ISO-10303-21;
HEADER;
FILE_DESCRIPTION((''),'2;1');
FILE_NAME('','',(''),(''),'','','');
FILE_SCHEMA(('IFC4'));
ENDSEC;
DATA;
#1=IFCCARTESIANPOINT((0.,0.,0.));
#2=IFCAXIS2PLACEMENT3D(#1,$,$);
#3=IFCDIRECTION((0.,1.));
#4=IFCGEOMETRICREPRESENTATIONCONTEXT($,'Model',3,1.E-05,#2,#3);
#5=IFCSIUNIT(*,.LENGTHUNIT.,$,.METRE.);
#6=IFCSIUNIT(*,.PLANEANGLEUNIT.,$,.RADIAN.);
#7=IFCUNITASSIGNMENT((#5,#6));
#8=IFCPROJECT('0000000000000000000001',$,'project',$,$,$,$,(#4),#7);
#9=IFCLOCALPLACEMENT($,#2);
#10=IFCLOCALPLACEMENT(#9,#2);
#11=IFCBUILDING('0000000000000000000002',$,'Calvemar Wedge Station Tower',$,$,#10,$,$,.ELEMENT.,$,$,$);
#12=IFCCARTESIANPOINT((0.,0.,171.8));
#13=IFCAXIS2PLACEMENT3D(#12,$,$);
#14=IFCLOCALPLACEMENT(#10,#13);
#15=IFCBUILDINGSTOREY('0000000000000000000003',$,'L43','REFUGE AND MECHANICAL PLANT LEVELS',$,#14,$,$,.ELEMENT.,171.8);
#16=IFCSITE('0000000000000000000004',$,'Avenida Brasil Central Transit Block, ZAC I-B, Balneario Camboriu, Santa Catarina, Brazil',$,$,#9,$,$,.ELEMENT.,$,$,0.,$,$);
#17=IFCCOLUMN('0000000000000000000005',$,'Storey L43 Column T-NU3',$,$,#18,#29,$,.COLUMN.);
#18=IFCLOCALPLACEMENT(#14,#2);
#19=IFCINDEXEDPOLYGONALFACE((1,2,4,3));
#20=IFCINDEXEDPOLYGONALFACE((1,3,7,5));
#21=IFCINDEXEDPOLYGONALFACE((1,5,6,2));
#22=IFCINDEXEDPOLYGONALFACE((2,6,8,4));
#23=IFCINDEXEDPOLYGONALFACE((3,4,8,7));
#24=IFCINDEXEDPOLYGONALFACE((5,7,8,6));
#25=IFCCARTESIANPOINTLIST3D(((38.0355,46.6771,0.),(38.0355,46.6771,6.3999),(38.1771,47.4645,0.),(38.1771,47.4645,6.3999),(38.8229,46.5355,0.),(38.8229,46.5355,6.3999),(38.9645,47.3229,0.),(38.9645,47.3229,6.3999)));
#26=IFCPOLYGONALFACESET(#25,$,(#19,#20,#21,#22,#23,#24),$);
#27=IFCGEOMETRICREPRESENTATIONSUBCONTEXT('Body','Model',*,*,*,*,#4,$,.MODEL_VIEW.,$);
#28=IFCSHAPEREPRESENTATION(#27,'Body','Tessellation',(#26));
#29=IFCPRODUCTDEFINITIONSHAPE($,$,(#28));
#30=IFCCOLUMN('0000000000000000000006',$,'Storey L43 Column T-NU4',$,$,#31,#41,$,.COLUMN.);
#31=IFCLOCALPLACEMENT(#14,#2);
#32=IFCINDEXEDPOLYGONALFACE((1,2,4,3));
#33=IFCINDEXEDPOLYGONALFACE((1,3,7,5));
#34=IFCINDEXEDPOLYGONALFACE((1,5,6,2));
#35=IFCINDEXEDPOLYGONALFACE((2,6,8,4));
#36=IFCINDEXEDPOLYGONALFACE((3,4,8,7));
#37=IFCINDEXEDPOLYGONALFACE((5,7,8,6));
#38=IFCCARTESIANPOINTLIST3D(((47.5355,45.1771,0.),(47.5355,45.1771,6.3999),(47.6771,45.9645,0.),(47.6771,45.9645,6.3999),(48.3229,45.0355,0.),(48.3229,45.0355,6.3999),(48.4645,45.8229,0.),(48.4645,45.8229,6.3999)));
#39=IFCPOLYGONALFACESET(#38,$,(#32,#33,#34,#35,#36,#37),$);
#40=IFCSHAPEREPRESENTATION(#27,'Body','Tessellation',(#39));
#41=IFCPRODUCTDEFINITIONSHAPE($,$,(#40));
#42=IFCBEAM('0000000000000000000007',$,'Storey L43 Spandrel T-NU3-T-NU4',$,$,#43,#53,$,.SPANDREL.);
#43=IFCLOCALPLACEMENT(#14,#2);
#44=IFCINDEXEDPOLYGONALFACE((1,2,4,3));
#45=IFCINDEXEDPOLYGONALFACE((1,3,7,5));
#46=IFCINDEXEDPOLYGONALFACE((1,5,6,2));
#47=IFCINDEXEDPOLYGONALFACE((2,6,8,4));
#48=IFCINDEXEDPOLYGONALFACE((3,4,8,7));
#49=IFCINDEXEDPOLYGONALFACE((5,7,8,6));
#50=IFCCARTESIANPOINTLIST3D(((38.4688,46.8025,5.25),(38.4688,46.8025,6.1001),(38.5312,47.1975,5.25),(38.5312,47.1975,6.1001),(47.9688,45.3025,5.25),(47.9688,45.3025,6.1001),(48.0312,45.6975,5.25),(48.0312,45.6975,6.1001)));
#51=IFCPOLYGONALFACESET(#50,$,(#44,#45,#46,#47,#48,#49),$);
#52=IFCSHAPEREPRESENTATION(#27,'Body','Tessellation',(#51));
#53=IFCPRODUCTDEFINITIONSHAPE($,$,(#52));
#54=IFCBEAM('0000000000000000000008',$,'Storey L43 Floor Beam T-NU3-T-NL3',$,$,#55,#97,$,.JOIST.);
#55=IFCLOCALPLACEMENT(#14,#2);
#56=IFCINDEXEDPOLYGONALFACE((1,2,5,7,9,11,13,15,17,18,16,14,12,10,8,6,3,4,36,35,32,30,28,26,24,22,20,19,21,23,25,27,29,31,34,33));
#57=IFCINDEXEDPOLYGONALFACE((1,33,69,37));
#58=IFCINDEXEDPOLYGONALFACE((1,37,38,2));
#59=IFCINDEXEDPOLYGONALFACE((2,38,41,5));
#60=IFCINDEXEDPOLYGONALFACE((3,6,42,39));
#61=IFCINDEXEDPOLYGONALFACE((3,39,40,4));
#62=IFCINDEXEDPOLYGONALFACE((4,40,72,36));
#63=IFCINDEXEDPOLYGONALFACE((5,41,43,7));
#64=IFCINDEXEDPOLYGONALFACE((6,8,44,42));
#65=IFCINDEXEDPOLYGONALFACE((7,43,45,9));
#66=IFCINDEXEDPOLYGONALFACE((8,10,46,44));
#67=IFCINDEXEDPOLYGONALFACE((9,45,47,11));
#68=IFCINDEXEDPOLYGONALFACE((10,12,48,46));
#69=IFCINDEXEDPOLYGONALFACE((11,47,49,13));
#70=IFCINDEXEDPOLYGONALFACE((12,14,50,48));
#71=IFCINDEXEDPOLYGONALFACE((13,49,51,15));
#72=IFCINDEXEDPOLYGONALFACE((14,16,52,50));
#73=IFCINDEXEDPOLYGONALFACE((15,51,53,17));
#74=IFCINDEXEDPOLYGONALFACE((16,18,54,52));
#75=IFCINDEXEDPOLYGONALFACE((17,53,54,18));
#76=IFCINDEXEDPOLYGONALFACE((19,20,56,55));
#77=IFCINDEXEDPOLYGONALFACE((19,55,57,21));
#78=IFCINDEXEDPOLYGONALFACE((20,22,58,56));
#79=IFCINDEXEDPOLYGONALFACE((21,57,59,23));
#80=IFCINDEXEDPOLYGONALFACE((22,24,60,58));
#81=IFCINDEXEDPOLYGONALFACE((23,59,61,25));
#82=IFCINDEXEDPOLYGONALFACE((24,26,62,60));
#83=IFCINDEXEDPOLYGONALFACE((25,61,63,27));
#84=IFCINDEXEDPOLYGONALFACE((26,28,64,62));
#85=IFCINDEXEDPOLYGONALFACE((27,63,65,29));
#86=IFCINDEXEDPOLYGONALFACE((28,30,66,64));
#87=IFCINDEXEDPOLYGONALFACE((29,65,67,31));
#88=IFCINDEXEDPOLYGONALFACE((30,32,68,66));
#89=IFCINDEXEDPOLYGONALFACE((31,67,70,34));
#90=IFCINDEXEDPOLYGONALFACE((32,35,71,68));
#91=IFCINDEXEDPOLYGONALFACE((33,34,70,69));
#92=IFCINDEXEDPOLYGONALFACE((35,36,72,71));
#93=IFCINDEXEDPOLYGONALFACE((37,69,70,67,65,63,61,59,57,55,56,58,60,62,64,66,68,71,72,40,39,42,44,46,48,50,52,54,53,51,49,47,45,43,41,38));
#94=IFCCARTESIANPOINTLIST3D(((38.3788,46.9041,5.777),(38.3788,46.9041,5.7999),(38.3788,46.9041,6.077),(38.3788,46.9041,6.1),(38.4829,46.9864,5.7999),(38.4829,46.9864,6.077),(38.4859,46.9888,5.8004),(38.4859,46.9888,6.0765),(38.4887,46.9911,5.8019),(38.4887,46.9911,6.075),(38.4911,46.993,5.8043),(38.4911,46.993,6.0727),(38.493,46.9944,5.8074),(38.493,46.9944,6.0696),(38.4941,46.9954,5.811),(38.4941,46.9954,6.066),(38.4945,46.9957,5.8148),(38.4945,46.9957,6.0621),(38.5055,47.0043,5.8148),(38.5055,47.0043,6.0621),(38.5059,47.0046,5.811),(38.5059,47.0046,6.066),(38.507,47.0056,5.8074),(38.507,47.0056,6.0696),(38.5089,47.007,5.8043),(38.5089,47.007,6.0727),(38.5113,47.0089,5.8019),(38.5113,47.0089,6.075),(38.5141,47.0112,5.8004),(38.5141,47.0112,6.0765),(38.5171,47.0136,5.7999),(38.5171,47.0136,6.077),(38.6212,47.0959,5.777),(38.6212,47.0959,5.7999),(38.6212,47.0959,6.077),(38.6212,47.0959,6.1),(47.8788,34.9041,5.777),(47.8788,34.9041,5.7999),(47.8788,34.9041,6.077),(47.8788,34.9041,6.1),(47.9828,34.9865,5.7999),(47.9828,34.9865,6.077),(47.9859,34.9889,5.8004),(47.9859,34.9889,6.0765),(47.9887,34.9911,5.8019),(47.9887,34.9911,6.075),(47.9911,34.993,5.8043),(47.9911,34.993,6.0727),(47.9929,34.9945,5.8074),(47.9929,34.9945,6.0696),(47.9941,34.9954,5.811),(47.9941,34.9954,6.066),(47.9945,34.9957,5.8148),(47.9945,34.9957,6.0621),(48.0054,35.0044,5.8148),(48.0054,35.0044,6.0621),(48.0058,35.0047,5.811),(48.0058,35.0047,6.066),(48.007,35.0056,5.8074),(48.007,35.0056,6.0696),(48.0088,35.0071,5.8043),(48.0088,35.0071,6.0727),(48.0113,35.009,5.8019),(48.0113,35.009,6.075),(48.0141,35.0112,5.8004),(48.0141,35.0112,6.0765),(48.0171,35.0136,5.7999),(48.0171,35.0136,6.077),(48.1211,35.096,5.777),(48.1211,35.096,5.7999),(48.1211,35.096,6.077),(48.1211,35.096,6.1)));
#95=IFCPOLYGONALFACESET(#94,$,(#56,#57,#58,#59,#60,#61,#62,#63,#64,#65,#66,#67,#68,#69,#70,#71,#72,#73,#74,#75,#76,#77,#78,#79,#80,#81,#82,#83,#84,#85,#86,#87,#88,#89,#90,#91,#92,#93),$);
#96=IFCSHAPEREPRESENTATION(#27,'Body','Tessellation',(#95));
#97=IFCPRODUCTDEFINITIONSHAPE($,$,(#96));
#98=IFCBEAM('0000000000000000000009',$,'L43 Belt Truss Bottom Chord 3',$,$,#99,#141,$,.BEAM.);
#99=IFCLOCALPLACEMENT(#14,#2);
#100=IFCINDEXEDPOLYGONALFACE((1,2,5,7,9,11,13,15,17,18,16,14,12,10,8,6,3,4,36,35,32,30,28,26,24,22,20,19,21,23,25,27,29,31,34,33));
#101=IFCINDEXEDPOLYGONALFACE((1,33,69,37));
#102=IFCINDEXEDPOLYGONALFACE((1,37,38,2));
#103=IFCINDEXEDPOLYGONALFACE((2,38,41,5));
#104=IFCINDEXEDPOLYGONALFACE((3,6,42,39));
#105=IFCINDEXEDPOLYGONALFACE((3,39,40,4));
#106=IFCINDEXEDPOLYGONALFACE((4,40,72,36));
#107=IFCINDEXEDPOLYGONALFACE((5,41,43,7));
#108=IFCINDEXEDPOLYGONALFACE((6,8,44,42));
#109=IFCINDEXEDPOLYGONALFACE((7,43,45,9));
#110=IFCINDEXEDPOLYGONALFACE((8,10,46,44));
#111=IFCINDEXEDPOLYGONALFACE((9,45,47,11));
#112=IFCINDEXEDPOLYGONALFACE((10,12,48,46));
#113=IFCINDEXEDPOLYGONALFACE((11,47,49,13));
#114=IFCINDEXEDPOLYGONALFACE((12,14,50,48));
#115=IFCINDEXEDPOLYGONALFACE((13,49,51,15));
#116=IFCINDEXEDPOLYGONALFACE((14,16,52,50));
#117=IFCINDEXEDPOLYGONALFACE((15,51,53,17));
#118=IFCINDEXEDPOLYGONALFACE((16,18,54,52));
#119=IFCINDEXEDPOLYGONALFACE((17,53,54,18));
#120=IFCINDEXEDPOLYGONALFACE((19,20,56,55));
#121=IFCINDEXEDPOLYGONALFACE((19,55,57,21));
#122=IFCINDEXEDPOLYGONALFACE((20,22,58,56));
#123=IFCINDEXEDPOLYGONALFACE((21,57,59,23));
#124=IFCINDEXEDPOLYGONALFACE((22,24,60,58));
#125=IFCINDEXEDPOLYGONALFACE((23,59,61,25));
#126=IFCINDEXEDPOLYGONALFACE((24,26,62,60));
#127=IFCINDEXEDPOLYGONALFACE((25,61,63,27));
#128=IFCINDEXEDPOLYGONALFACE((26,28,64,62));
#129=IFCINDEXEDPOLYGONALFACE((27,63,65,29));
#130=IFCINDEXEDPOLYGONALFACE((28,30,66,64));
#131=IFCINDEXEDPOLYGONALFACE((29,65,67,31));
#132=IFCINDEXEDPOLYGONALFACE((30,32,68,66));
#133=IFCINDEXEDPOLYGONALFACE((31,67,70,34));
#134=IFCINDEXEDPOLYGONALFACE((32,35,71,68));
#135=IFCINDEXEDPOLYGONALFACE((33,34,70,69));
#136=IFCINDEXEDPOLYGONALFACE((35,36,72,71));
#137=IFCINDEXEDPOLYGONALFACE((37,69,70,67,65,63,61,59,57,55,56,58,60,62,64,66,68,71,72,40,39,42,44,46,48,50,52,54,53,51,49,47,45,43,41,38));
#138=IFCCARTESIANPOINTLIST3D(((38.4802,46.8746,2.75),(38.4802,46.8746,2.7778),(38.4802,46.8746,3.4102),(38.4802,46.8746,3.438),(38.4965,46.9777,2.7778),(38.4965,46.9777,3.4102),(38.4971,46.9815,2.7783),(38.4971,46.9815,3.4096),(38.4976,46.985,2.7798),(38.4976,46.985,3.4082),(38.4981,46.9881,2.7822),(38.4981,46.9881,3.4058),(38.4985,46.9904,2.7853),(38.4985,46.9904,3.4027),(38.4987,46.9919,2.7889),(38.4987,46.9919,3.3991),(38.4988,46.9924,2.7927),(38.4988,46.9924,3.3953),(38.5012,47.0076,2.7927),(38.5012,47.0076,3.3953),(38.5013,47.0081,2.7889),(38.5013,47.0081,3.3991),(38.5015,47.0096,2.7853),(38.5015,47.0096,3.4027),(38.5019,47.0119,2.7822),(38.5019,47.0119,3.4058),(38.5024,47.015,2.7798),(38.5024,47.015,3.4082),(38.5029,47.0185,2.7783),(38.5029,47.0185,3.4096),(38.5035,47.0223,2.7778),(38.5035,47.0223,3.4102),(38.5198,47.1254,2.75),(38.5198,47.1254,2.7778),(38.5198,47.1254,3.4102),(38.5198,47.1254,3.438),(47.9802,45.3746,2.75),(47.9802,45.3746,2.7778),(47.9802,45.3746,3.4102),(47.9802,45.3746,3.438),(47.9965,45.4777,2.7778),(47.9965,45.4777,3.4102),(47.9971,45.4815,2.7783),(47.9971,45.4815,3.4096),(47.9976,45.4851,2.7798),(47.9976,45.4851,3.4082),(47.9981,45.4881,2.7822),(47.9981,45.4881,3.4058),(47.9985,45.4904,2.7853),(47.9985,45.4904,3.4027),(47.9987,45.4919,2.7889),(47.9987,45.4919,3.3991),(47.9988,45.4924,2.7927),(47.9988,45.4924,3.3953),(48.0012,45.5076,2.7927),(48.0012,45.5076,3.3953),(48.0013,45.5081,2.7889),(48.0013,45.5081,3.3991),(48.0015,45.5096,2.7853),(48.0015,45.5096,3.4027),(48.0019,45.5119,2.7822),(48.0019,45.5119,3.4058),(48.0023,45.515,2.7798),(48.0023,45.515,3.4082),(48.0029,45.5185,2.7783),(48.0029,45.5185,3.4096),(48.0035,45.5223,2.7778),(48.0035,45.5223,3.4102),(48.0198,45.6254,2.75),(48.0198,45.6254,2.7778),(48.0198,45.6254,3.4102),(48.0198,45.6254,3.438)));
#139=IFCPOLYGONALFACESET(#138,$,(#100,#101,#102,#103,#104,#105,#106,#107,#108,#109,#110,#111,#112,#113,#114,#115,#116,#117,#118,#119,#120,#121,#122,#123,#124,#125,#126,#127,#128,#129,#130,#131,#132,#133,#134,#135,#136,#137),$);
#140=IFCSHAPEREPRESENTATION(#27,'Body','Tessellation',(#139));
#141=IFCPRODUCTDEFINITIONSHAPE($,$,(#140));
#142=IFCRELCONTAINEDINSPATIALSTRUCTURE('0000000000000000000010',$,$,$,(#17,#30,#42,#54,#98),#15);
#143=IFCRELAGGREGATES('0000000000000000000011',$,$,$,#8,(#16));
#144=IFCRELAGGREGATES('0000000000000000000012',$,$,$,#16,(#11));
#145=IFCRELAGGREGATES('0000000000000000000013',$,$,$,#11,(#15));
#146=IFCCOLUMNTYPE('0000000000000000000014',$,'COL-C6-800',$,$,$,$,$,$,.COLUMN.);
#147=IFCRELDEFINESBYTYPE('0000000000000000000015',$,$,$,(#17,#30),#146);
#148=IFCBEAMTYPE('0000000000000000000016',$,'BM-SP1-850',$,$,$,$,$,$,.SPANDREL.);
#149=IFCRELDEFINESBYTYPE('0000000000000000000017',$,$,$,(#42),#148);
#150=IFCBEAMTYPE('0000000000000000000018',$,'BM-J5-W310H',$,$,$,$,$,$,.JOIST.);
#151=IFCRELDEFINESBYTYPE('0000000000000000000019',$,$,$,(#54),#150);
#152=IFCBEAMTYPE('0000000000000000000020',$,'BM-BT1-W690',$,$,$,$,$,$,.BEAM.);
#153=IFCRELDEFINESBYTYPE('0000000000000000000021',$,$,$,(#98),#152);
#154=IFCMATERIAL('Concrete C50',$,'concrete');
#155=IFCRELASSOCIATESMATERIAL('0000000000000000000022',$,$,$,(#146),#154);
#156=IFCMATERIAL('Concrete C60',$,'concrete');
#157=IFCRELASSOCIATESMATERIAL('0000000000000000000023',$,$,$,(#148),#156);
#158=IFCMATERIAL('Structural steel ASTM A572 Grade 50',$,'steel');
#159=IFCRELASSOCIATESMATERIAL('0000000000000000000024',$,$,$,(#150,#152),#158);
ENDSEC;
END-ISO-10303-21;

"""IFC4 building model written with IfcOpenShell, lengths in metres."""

from ifc_helpers import new_model, si_unit, direction, frame, origin, origin_2d, place, context, subcontext, project, spatial, rectangle, i_section, extrude, source, transform, mapped, material, material_profile, profile_set, type_object, element, save


model = new_model("IFC4")

# Units and contexts
model_context = context("Model", 3, precision=1e-05, world=origin(), true_north=direction((0.0, 1.0)))
body_context = subcontext(model_context, "Body", "Model", "MODEL_VIEW")
ifc_project = project(units=[si_unit("LENGTHUNIT", "METRE"), si_unit("PLANEANGLEUNIT", "RADIAN")], contexts=[model_context])

# Site, building, storey
site_placement = place(None, origin())
site = spatial("IfcSite", under=ifc_project, at=site_placement, Name="Avenida Brasil Central Transit Block, ZAC I-B, Balneario Camboriu, Santa Catarina, Brazil", CompositionType="ELEMENT", RefElevation=0.0)
building_placement = place(site_placement, origin())
building = spatial("IfcBuilding", under=site, at=building_placement, Name="Calvemar Wedge Station Tower", CompositionType="ELEMENT")
storey_placement = place(building_placement, frame((0.0, 0.0, 171.8)))
storey = spatial("IfcBuildingStorey", under=building, at=storey_placement, Name="L43", Description="REFUGE AND MECHANICAL PLANT LEVELS", CompositionType="ELEMENT", Elevation=171.8)

# Columns
ifc_material_1 = material(Name="Concrete C50", Category="concrete")
ifc_material_profile_1 = material_profile(ifc_material_1, rectangle(XDim=0.8, YDim=0.8, at=origin_2d()), Name="RC800x800")
ifc_profile_set_1 = profile_set([ifc_material_profile_1], Name="Concrete C50")
column_type = type_object("IfcColumnType", Name="COL-C6-800", PredefinedType="COLUMN", material=ifc_profile_set_1)
shared_shape_1 = source(origin(), body_context, "Body", "SweptSolid", [
    extrude(rectangle(XDim=0.8, YDim=0.8, at=origin_2d()), origin(), (0.0, 0.0, 1.0), 6.3999),
])
for number, where, z_axis, x_axis, name in (
    (1, (38.5, 47.0, 0.0), (0.0, 0.0, 1.0), (0.984196, -0.177085, 0.0), "Storey L43 Column T-NU3"),
    (2, (48.0, 45.5, 0.0), (0.0, 0.0, 1.0), (0.984196, -0.177085, 0.0), "Storey L43 Column T-NU4"),
):
    element("IfcColumn", number, at=place(storey_placement, frame(where, z_axis=z_axis, x_axis=x_axis)), inside=storey, type_object=column_type, Name=name, PredefinedType="COLUMN", context=body_context, shape_type="MappedRepresentation", body=[
        mapped(shared_shape_1, transform((0.0, 0.0, 0.0), scale=1.0)),
    ])

# Beams
ifc_material_2 = material(Name="Concrete C60", Category="concrete")
ifc_material_profile_2 = material_profile(ifc_material_2, rectangle(XDim=0.3999, YDim=0.8501, at=origin_2d()), Name="RC400x850")
ifc_profile_set_2 = profile_set([ifc_material_profile_2], Name="Concrete C60")
beam_type_1 = type_object("IfcBeamType", Name="BM-SP1-850", PredefinedType="SPANDREL", material=ifc_profile_set_2)
shared_shape_2 = source(origin(), body_context, "Body", "SweptSolid", [
    extrude(rectangle(XDim=0.3999, YDim=0.8501, at=origin_2d()), origin(), (0.0, 0.0, 1.0), 9.6177),
])
beam_1_placement = place(storey_placement, frame((38.5, 47.0, 5.675), z_axis=(0.987763, -0.155963, 0.0), x_axis=(0.155963, 0.987763, 0.0)))
element("IfcBeam", 3, at=beam_1_placement, inside=storey, type_object=beam_type_1, Name="Storey L43 Spandrel T-NU3-T-NU4", PredefinedType="SPANDREL", context=body_context, shape_type="MappedRepresentation", body=[
    mapped(shared_shape_2, transform((0.0, 0.0, 0.0), scale=1.0)),
])
ifc_material_3 = material(Name="Structural steel ASTM A572 Grade 50", Category="steel")
ifc_material_profile_3 = material_profile(ifc_material_3, i_section(OverallWidth=0.3091, OverallDepth=0.323, WebThickness=0.0139, FlangeThickness=0.0229, FilletRadius=0.0149, at=origin_2d()), Name="W310x143")
ifc_profile_set_3 = profile_set([ifc_material_profile_3], Name="Structural steel ASTM A572 Grade 50")
beam_type_2 = type_object("IfcBeamType", Name="BM-J5-W310H", PredefinedType="JOIST", material=ifc_profile_set_3)
shared_shape_3 = source(origin(), body_context, "Body", "SweptSolid", [
    extrude(i_section(OverallWidth=0.3091, OverallDepth=0.323, WebThickness=0.0139, FlangeThickness=0.0229, FilletRadius=0.0149, at=origin_2d()), origin(), (0.0, 0.0, 1.0), 15.3052),
])
beam_2_placement = place(storey_placement, frame((38.5, 47.0, 5.9385), z_axis=(0.620703, -0.784046, 0.0), x_axis=(0.784046, 0.620703, 0.0)))
element("IfcBeam", 4, at=beam_2_placement, inside=storey, type_object=beam_type_2, Name="Storey L43 Floor Beam T-NU3-T-NL3", PredefinedType="JOIST", context=body_context, shape_type="MappedRepresentation", body=[
    mapped(shared_shape_3, transform((0.0, 0.0, 0.0), scale=1.0)),
])
ifc_material_profile_4 = material_profile(ifc_material_3, i_section(OverallWidth=0.2539, OverallDepth=0.688, WebThickness=0.0154, FlangeThickness=0.0278, FilletRadius=0.0149, at=origin_2d()), Name="W690x192")
ifc_profile_set_4 = profile_set([ifc_material_profile_4], Name="Structural steel ASTM A572 Grade 50")
beam_type_3 = type_object("IfcBeamType", Name="BM-BT1-W690", PredefinedType="BEAM", material=ifc_profile_set_4)
shared_shape_4 = source(origin(), body_context, "Body", "SweptSolid", [
    extrude(i_section(OverallWidth=0.2539, OverallDepth=0.688, WebThickness=0.0154, FlangeThickness=0.0278, FilletRadius=0.0149, at=origin_2d()), origin(), (0.0, 0.0, 1.0), 9.6177),
])
beam_3_placement = place(storey_placement, frame((38.5, 47.0, 3.094), z_axis=(0.987763, -0.155963, 0.0), x_axis=(0.155963, 0.987763, 0.0)))
element("IfcBeam", 5, at=beam_3_placement, inside=storey, type_object=beam_type_3, Name="L43 Belt Truss Bottom Chord 3", PredefinedType="BEAM", context=body_context, shape_type="MappedRepresentation", body=[
    mapped(shared_shape_4, transform((0.0, 0.0, 0.0), scale=1.0)),
])

save(model, "model.ifc")
